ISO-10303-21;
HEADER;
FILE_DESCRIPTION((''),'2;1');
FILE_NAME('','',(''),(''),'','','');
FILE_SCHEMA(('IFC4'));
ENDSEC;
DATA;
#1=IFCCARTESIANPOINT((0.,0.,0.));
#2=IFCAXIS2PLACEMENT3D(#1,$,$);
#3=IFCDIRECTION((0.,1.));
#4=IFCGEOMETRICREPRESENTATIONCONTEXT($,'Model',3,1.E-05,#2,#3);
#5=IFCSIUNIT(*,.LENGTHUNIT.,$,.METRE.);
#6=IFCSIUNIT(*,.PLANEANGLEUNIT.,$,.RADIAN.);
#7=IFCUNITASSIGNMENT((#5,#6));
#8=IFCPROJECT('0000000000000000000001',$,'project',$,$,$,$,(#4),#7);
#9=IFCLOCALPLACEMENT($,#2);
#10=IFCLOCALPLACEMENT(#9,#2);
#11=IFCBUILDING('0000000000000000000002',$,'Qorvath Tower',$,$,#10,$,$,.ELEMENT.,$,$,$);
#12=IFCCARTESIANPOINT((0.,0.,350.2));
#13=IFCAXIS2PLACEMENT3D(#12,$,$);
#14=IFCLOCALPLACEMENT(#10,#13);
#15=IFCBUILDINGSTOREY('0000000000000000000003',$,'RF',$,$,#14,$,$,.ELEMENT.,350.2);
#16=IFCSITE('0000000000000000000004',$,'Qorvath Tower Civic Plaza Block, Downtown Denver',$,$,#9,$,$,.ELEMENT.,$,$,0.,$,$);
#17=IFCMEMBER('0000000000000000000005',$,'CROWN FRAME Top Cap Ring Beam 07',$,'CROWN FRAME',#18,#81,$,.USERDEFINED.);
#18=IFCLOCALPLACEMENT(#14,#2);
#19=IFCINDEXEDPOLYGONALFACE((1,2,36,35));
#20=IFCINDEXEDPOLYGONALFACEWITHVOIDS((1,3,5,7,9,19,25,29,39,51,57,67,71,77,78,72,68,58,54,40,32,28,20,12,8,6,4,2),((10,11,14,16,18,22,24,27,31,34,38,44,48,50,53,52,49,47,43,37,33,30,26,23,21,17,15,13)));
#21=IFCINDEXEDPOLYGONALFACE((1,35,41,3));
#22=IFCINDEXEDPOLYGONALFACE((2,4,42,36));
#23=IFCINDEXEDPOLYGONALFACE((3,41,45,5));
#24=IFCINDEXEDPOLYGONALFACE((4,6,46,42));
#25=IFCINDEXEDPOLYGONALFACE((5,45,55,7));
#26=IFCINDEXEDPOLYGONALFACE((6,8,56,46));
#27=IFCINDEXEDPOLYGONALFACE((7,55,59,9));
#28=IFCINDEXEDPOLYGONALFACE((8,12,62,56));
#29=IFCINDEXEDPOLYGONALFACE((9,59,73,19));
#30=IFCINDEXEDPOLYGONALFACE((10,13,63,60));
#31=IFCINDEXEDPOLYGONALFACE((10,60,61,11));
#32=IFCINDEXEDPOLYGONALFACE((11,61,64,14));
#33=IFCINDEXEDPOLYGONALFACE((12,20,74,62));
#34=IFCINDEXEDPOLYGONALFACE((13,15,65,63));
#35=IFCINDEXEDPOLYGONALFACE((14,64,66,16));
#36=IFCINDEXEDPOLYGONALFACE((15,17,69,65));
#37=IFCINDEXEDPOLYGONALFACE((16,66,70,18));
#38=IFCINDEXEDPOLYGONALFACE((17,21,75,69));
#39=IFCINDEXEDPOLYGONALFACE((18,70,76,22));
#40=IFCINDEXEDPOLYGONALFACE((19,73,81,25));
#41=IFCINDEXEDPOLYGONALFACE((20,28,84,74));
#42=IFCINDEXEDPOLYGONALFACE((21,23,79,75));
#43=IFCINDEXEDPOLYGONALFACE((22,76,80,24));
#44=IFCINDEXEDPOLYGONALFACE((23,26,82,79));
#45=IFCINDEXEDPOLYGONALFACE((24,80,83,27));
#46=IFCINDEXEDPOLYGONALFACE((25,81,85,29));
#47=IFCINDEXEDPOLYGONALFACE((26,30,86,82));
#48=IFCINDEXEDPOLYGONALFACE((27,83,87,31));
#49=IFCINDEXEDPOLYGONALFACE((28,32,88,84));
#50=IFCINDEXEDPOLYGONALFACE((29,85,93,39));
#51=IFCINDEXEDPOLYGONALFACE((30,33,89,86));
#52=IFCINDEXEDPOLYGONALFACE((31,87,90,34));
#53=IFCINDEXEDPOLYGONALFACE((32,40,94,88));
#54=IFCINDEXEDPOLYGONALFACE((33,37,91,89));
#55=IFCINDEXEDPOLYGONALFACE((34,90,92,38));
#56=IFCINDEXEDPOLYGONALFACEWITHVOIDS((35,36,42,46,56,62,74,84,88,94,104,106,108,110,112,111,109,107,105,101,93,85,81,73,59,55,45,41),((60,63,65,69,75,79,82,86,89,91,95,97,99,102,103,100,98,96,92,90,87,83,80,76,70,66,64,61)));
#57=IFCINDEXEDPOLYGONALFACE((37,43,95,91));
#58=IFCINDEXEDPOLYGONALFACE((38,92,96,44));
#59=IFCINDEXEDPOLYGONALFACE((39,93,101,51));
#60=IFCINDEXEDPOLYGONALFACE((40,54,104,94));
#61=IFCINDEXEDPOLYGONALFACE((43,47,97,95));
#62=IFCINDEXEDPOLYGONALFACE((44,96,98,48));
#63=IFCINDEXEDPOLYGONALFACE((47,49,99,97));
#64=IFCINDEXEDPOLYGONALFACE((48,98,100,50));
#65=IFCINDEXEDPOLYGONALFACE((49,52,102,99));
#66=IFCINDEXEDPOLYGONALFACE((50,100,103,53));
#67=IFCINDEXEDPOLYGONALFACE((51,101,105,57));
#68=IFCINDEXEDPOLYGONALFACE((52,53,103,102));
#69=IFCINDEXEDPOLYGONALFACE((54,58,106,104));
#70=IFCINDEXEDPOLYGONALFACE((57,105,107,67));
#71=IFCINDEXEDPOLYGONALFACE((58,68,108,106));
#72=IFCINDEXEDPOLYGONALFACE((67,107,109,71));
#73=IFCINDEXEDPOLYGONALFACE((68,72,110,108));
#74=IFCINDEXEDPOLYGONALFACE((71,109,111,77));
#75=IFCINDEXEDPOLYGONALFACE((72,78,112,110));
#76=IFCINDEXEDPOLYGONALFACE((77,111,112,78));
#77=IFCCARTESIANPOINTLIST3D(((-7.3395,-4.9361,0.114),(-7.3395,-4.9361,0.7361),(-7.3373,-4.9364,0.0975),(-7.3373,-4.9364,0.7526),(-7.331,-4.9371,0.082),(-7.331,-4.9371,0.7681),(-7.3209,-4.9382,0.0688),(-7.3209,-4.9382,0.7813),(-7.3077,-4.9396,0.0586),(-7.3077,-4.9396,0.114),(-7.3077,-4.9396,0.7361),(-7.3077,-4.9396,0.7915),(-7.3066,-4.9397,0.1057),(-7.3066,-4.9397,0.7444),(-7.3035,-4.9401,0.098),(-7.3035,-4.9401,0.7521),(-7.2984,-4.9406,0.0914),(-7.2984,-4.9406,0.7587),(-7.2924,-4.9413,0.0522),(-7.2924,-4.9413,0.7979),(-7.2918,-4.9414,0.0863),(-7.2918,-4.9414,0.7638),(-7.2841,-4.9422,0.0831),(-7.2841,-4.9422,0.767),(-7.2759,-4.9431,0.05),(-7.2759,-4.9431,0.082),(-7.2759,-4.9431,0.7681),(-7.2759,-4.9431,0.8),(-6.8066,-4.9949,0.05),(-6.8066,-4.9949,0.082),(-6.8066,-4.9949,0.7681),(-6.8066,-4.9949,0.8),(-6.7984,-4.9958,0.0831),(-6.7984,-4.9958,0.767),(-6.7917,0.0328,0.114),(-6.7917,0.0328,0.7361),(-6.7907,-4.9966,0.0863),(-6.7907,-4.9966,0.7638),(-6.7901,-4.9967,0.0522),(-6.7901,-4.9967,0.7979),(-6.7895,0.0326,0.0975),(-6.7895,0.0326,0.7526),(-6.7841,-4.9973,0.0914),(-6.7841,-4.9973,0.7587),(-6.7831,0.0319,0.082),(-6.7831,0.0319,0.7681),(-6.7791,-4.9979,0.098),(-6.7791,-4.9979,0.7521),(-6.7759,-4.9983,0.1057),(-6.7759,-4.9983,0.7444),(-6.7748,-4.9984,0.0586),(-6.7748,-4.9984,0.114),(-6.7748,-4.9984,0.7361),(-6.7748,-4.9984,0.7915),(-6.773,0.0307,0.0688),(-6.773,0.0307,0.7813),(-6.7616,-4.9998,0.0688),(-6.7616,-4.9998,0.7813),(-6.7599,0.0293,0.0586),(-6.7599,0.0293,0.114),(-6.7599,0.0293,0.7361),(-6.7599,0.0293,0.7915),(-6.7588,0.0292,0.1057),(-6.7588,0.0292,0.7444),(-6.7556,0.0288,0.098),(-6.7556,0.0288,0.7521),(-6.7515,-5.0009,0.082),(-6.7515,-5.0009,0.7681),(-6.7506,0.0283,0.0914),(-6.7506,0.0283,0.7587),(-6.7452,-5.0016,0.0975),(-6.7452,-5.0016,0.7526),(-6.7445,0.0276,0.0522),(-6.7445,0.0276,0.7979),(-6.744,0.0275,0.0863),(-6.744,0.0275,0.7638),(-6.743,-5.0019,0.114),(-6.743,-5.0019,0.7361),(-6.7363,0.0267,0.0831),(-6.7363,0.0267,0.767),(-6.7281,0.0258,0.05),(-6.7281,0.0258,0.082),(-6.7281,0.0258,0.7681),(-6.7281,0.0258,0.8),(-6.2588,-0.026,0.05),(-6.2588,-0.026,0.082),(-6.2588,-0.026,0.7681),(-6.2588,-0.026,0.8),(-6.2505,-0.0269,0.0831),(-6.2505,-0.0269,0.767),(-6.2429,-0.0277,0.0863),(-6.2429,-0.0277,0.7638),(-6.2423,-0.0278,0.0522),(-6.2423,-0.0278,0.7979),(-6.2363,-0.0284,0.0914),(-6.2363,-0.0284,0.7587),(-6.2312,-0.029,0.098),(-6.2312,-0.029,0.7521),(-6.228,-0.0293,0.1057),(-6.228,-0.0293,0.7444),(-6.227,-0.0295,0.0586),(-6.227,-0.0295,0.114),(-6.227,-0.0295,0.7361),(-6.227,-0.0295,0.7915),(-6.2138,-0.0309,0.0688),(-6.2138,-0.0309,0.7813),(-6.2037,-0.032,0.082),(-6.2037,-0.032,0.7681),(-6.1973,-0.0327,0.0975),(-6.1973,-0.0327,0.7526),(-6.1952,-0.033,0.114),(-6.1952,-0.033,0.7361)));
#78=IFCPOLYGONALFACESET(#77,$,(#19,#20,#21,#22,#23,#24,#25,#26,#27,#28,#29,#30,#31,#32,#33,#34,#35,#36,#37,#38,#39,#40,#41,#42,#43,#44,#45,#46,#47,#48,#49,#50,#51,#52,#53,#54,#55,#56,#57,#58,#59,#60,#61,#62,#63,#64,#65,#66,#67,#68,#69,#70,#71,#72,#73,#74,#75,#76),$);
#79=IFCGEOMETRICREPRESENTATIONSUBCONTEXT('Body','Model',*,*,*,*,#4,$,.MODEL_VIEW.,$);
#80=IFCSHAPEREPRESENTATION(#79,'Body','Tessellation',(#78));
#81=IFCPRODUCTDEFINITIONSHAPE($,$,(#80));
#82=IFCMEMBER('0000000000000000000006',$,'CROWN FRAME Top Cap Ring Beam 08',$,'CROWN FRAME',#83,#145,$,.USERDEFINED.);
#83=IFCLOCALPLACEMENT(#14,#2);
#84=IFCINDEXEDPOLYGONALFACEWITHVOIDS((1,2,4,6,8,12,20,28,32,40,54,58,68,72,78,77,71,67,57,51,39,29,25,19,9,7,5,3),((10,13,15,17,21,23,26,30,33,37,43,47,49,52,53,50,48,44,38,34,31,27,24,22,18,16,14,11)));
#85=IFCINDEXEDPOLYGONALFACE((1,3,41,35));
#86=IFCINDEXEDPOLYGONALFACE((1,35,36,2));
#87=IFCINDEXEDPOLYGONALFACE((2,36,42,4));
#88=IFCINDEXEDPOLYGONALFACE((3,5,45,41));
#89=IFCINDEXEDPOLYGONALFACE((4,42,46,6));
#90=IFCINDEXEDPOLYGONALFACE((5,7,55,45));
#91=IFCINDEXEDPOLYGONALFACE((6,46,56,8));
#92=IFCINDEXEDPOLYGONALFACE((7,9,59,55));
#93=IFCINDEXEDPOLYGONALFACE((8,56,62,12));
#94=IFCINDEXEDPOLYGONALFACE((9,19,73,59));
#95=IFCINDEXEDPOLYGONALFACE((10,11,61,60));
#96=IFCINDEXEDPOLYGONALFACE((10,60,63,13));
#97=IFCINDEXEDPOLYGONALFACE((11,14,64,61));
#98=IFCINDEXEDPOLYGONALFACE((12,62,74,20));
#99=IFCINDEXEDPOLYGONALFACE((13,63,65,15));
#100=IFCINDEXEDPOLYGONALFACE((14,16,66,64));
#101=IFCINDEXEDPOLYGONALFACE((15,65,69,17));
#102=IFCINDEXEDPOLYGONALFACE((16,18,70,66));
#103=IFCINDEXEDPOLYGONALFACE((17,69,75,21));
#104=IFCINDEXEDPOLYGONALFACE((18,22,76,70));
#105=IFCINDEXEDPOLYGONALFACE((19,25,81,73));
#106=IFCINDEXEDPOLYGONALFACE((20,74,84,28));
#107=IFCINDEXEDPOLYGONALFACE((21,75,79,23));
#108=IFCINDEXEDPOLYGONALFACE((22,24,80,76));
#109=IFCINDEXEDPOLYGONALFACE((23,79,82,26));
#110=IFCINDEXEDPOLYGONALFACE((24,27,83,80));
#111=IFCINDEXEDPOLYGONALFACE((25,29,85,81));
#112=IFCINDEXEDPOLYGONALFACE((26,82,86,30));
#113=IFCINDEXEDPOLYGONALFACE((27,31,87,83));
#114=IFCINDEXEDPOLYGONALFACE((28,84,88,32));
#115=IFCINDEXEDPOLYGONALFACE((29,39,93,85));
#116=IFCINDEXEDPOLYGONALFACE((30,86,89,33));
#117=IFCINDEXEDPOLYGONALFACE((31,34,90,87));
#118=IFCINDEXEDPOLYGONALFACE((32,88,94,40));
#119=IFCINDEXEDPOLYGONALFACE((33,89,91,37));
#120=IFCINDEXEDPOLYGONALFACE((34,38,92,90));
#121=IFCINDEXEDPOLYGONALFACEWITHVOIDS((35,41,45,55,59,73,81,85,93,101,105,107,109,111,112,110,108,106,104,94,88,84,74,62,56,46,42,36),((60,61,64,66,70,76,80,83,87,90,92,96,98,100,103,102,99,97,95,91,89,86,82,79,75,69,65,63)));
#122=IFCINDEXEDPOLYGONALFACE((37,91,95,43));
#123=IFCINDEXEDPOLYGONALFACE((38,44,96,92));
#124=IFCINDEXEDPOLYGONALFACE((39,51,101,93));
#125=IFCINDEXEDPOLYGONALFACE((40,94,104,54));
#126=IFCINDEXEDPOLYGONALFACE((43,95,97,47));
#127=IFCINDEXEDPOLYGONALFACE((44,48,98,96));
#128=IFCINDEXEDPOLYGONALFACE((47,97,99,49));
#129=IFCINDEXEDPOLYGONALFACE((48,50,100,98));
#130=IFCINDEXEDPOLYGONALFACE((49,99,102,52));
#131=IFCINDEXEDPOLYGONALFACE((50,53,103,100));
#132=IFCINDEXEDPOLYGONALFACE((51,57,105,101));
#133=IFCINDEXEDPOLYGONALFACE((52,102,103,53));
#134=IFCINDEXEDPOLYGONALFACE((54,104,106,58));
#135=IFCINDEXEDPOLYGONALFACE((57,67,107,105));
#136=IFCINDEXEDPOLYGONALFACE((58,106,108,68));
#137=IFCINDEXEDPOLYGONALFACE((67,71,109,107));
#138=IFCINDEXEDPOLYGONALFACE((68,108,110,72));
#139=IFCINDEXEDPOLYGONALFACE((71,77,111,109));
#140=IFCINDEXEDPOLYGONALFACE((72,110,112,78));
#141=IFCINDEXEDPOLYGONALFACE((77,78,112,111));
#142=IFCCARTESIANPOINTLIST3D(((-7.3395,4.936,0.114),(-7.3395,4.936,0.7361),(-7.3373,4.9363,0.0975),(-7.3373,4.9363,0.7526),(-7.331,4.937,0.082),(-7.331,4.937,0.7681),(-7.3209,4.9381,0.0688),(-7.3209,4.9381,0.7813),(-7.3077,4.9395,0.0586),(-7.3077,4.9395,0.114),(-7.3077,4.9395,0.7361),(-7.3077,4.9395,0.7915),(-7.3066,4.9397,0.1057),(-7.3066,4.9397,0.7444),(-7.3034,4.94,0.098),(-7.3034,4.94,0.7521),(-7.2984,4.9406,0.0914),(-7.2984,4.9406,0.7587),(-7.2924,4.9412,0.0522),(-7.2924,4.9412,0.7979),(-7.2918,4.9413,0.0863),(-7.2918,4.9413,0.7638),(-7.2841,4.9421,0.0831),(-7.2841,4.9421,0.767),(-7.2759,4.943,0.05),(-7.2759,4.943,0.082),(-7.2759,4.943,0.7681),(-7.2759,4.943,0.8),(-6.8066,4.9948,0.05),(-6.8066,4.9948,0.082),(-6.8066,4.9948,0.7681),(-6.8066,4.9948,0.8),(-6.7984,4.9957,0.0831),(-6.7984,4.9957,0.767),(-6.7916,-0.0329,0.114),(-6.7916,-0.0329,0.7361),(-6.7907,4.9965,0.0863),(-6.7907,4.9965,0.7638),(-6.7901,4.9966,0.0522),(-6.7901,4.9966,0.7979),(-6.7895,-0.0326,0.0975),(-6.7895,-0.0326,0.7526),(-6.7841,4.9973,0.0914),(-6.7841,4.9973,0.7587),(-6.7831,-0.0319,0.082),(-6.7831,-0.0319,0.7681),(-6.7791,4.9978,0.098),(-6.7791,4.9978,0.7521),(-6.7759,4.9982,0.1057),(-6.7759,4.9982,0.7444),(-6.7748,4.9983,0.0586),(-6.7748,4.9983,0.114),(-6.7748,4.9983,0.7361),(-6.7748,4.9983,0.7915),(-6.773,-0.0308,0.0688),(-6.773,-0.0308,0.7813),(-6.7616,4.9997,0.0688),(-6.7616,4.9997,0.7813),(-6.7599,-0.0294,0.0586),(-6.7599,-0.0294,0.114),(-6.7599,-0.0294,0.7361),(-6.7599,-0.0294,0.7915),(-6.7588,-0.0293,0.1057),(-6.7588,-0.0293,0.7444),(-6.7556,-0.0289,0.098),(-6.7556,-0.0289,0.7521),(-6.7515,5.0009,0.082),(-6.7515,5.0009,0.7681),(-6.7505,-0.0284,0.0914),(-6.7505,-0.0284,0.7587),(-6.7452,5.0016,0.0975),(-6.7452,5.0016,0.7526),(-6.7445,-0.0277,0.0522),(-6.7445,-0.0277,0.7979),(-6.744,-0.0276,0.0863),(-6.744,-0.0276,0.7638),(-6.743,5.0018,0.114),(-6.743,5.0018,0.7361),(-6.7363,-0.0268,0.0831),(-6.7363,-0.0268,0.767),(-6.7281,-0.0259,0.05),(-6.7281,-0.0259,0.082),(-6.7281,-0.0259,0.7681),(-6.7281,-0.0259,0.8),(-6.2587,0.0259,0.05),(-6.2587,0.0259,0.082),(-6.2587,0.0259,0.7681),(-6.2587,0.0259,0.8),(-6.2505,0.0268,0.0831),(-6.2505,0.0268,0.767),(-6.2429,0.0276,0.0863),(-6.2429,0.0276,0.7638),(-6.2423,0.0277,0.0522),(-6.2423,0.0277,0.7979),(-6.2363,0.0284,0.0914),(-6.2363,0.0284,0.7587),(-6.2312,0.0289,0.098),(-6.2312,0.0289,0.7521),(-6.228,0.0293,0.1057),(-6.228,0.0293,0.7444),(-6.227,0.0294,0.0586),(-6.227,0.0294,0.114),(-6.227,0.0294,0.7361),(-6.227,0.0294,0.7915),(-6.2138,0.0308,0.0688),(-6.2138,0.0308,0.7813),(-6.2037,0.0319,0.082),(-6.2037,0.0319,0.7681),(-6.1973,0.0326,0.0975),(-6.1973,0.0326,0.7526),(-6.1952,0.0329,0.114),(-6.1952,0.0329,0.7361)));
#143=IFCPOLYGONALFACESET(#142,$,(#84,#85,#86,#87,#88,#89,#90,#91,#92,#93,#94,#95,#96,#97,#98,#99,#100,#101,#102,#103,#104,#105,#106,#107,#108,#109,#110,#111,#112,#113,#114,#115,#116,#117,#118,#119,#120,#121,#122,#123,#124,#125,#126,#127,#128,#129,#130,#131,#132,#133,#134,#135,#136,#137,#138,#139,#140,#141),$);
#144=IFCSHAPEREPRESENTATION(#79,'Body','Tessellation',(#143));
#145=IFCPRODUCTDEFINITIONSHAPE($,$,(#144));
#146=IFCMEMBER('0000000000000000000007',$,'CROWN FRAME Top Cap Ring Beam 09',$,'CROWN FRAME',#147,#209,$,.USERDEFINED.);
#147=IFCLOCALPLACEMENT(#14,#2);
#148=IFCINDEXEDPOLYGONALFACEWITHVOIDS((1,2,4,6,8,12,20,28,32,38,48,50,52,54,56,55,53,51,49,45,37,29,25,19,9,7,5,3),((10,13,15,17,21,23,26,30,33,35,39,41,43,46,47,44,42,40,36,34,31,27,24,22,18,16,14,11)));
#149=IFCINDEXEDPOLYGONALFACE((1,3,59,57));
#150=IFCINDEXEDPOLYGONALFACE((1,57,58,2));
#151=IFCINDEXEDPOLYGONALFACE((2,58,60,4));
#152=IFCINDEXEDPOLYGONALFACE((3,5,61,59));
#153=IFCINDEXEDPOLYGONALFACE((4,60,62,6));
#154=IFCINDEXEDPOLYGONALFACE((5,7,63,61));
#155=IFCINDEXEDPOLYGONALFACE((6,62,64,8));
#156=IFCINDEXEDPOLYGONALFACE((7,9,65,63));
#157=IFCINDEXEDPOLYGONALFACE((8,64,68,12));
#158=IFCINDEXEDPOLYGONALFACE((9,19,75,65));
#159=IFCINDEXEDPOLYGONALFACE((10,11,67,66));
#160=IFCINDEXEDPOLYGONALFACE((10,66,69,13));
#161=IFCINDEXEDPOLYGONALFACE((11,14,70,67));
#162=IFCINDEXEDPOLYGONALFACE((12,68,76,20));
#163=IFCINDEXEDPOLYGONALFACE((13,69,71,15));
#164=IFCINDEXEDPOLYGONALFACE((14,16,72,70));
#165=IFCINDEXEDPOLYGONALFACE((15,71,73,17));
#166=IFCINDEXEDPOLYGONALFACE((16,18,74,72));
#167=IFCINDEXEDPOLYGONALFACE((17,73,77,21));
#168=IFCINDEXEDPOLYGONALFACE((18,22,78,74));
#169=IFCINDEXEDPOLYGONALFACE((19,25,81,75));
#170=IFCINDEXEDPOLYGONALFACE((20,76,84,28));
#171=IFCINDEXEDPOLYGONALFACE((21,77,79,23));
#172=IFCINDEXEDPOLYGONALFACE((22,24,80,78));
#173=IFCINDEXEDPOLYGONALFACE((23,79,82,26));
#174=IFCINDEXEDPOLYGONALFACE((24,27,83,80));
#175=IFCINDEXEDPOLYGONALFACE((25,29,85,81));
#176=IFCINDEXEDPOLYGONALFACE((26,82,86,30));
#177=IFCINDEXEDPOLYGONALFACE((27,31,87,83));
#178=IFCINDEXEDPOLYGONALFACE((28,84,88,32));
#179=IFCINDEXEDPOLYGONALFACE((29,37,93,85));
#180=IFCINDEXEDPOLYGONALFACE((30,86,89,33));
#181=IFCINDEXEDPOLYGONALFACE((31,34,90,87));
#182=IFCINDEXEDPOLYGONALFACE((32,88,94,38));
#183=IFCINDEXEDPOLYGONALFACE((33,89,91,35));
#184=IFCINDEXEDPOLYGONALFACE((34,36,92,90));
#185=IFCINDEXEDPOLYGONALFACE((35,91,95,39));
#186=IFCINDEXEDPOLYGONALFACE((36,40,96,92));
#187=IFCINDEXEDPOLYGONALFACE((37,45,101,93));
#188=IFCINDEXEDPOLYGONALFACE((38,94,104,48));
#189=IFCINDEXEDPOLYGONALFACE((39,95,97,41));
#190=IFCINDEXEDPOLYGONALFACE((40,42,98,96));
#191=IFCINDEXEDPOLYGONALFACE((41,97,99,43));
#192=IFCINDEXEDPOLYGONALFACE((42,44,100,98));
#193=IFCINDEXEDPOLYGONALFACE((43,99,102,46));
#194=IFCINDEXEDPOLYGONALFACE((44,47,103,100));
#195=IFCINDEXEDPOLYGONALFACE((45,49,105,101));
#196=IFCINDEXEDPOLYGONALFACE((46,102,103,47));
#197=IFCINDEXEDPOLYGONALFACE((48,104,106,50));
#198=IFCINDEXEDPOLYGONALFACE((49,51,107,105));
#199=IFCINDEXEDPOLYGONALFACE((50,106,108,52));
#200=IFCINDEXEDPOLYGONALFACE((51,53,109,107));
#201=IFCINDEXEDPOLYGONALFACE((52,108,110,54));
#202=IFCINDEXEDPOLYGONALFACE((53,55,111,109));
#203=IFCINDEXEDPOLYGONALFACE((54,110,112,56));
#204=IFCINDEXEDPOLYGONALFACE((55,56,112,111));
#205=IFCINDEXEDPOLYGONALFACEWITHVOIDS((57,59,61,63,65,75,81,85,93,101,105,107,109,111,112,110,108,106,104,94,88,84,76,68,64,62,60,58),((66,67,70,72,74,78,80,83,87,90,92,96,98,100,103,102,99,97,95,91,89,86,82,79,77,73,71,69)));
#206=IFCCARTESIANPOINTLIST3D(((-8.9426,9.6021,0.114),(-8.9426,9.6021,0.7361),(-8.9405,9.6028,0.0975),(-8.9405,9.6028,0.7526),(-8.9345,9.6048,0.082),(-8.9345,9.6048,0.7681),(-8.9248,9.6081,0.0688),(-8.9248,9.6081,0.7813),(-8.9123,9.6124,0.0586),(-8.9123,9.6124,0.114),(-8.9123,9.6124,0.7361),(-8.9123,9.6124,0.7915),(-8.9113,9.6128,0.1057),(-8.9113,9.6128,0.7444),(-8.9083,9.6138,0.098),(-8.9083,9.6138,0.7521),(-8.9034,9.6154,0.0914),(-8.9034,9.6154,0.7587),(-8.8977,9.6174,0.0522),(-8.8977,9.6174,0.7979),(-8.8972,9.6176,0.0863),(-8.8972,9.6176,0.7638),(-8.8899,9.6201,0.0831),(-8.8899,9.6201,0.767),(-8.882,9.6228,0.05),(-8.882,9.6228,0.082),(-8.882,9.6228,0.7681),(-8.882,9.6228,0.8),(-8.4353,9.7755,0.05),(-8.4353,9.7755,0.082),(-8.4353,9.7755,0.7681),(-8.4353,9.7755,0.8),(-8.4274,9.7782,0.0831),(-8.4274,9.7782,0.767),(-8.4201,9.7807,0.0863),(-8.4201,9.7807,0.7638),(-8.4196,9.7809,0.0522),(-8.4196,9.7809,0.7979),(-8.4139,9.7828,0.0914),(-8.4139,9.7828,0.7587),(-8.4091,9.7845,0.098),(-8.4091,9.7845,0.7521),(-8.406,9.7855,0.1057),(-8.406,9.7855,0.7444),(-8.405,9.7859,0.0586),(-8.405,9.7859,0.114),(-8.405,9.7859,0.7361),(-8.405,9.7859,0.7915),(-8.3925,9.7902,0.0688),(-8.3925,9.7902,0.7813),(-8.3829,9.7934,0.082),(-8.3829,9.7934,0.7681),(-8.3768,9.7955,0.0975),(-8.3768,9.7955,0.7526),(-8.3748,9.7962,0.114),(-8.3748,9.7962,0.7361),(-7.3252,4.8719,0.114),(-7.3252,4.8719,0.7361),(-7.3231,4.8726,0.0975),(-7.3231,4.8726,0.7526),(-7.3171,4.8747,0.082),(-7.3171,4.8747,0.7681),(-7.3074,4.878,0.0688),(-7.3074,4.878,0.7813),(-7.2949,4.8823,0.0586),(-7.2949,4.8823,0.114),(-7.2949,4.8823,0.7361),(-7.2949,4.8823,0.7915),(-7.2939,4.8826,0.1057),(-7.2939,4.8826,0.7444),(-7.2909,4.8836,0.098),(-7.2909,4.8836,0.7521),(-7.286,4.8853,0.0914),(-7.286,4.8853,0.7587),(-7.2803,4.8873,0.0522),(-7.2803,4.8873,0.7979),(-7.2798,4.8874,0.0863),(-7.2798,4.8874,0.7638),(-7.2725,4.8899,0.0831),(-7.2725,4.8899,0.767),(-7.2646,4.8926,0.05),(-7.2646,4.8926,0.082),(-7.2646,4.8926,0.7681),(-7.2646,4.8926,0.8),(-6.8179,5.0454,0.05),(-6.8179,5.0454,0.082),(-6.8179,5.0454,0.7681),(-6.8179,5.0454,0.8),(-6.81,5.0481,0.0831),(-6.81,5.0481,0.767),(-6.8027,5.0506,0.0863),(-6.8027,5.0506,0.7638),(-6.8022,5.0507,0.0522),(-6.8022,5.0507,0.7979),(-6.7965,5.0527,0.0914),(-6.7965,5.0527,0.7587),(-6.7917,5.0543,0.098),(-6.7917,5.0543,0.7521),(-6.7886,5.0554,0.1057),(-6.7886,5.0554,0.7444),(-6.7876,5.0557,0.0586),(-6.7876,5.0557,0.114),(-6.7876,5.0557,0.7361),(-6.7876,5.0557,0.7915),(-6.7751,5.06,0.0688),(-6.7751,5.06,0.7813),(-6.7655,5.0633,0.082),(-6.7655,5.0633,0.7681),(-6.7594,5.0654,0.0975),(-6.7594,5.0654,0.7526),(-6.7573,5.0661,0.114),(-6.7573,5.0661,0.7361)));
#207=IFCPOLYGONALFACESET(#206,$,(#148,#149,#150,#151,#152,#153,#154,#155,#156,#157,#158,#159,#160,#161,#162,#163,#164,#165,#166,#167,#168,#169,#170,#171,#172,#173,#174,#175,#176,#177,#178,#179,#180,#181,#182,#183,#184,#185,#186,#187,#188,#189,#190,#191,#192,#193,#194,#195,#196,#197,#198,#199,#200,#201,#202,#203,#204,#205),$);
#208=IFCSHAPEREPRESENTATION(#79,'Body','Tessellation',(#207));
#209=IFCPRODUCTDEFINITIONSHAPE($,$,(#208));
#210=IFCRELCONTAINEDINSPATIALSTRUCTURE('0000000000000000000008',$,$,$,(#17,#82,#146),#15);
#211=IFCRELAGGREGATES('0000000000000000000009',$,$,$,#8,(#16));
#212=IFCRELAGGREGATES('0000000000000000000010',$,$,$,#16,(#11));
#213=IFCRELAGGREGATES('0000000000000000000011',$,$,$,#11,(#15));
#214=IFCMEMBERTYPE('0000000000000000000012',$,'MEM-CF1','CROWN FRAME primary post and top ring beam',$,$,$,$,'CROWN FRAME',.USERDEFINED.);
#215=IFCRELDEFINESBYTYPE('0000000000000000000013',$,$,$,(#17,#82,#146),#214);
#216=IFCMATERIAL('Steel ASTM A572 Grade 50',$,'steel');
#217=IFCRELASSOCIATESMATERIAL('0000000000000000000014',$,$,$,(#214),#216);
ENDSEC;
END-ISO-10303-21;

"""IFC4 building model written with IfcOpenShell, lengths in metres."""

from ifc_helpers import new_model, si_unit, direction, frame, origin, origin_2d, place, context, subcontext, project, spatial, hollow_rectangle, extrude, material, material_profile, profile_set, type_object, element, save


model = new_model("IFC4")

# Units and contexts
model_context = context("Model", 3, precision=1e-05, world=origin(), true_north=direction((0.0, 1.0)))
body_context = subcontext(model_context, "Body", "Model", "MODEL_VIEW")
ifc_project = project(units=[si_unit("LENGTHUNIT", "METRE"), si_unit("PLANEANGLEUNIT", "RADIAN")], contexts=[model_context])

# Site, building, storey
site_placement = place(None, origin())
site = spatial("IfcSite", under=ifc_project, at=site_placement, Name="Qorvath Tower Civic Plaza Block, Downtown Denver", CompositionType="ELEMENT", RefElevation=0.0)
building_placement = place(site_placement, origin())
building = spatial("IfcBuilding", under=site, at=building_placement, Name="Qorvath Tower", CompositionType="ELEMENT")
storey_placement = place(building_placement, frame((0.0, 0.0, 350.2)))
storey = spatial("IfcBuildingStorey", under=building, at=storey_placement, Name="RF", CompositionType="ELEMENT", Elevation=350.2)

# Members
ifc_material_1 = material(Name="Steel ASTM A572 Grade 50", Category="steel")
ifc_material_profile_1 = material_profile(ifc_material_1, hollow_rectangle(XDim=0.6001, YDim=0.75, WallThickness=0.032, InnerFilletRadius=0.032, OuterFilletRadius=0.064, at=origin_2d()), Name="CROWN BOX 750x600x32")
ifc_profile_set_1 = profile_set([ifc_material_profile_1], Name="Steel ASTM A572 Grade 50")
member_type_1 = type_object("IfcMemberType", Name="MEM-CF1", Description="CROWN FRAME primary post and top ring beam", ElementType="CROWN FRAME", PredefinedType="USERDEFINED", material=ifc_profile_set_1)
for number, where, z_axis, x_axis, name in (
    (1, (-7.0413, -4.969, 0.425), (0.10959, 0.993977, 0.0), (-0.993977, 0.10959, 0.0), "CROWN FRAME Top Cap Ring Beam 07"),
    (2, (-6.4934, 0.0, 0.425), (-0.10959, 0.993977, 0.0), (-0.993977, -0.10959, 0.0), "CROWN FRAME Top Cap Ring Beam 08"),
    (3, (-7.0413, 4.969, 0.425), (-0.323544, 0.946213, 0.0), (-0.946213, -0.323544, 0.0), "CROWN FRAME Top Cap Ring Beam 09"),
):
    element("IfcMember", number, at=place(storey_placement, frame(where, z_axis=z_axis, x_axis=x_axis)), inside=storey, type_object=member_type_1, Name=name, ObjectType="CROWN FRAME", PredefinedType="USERDEFINED", context=body_context, shape_type="SweptSolid", body=[
        extrude(hollow_rectangle(XDim=0.6001, YDim=0.75, WallThickness=0.032, InnerFilletRadius=0.032, OuterFilletRadius=0.064, at=origin_2d()), origin(), (0.0, 0.0, 1.0), 4.999),
    ])

save(model, "model.ifc")
